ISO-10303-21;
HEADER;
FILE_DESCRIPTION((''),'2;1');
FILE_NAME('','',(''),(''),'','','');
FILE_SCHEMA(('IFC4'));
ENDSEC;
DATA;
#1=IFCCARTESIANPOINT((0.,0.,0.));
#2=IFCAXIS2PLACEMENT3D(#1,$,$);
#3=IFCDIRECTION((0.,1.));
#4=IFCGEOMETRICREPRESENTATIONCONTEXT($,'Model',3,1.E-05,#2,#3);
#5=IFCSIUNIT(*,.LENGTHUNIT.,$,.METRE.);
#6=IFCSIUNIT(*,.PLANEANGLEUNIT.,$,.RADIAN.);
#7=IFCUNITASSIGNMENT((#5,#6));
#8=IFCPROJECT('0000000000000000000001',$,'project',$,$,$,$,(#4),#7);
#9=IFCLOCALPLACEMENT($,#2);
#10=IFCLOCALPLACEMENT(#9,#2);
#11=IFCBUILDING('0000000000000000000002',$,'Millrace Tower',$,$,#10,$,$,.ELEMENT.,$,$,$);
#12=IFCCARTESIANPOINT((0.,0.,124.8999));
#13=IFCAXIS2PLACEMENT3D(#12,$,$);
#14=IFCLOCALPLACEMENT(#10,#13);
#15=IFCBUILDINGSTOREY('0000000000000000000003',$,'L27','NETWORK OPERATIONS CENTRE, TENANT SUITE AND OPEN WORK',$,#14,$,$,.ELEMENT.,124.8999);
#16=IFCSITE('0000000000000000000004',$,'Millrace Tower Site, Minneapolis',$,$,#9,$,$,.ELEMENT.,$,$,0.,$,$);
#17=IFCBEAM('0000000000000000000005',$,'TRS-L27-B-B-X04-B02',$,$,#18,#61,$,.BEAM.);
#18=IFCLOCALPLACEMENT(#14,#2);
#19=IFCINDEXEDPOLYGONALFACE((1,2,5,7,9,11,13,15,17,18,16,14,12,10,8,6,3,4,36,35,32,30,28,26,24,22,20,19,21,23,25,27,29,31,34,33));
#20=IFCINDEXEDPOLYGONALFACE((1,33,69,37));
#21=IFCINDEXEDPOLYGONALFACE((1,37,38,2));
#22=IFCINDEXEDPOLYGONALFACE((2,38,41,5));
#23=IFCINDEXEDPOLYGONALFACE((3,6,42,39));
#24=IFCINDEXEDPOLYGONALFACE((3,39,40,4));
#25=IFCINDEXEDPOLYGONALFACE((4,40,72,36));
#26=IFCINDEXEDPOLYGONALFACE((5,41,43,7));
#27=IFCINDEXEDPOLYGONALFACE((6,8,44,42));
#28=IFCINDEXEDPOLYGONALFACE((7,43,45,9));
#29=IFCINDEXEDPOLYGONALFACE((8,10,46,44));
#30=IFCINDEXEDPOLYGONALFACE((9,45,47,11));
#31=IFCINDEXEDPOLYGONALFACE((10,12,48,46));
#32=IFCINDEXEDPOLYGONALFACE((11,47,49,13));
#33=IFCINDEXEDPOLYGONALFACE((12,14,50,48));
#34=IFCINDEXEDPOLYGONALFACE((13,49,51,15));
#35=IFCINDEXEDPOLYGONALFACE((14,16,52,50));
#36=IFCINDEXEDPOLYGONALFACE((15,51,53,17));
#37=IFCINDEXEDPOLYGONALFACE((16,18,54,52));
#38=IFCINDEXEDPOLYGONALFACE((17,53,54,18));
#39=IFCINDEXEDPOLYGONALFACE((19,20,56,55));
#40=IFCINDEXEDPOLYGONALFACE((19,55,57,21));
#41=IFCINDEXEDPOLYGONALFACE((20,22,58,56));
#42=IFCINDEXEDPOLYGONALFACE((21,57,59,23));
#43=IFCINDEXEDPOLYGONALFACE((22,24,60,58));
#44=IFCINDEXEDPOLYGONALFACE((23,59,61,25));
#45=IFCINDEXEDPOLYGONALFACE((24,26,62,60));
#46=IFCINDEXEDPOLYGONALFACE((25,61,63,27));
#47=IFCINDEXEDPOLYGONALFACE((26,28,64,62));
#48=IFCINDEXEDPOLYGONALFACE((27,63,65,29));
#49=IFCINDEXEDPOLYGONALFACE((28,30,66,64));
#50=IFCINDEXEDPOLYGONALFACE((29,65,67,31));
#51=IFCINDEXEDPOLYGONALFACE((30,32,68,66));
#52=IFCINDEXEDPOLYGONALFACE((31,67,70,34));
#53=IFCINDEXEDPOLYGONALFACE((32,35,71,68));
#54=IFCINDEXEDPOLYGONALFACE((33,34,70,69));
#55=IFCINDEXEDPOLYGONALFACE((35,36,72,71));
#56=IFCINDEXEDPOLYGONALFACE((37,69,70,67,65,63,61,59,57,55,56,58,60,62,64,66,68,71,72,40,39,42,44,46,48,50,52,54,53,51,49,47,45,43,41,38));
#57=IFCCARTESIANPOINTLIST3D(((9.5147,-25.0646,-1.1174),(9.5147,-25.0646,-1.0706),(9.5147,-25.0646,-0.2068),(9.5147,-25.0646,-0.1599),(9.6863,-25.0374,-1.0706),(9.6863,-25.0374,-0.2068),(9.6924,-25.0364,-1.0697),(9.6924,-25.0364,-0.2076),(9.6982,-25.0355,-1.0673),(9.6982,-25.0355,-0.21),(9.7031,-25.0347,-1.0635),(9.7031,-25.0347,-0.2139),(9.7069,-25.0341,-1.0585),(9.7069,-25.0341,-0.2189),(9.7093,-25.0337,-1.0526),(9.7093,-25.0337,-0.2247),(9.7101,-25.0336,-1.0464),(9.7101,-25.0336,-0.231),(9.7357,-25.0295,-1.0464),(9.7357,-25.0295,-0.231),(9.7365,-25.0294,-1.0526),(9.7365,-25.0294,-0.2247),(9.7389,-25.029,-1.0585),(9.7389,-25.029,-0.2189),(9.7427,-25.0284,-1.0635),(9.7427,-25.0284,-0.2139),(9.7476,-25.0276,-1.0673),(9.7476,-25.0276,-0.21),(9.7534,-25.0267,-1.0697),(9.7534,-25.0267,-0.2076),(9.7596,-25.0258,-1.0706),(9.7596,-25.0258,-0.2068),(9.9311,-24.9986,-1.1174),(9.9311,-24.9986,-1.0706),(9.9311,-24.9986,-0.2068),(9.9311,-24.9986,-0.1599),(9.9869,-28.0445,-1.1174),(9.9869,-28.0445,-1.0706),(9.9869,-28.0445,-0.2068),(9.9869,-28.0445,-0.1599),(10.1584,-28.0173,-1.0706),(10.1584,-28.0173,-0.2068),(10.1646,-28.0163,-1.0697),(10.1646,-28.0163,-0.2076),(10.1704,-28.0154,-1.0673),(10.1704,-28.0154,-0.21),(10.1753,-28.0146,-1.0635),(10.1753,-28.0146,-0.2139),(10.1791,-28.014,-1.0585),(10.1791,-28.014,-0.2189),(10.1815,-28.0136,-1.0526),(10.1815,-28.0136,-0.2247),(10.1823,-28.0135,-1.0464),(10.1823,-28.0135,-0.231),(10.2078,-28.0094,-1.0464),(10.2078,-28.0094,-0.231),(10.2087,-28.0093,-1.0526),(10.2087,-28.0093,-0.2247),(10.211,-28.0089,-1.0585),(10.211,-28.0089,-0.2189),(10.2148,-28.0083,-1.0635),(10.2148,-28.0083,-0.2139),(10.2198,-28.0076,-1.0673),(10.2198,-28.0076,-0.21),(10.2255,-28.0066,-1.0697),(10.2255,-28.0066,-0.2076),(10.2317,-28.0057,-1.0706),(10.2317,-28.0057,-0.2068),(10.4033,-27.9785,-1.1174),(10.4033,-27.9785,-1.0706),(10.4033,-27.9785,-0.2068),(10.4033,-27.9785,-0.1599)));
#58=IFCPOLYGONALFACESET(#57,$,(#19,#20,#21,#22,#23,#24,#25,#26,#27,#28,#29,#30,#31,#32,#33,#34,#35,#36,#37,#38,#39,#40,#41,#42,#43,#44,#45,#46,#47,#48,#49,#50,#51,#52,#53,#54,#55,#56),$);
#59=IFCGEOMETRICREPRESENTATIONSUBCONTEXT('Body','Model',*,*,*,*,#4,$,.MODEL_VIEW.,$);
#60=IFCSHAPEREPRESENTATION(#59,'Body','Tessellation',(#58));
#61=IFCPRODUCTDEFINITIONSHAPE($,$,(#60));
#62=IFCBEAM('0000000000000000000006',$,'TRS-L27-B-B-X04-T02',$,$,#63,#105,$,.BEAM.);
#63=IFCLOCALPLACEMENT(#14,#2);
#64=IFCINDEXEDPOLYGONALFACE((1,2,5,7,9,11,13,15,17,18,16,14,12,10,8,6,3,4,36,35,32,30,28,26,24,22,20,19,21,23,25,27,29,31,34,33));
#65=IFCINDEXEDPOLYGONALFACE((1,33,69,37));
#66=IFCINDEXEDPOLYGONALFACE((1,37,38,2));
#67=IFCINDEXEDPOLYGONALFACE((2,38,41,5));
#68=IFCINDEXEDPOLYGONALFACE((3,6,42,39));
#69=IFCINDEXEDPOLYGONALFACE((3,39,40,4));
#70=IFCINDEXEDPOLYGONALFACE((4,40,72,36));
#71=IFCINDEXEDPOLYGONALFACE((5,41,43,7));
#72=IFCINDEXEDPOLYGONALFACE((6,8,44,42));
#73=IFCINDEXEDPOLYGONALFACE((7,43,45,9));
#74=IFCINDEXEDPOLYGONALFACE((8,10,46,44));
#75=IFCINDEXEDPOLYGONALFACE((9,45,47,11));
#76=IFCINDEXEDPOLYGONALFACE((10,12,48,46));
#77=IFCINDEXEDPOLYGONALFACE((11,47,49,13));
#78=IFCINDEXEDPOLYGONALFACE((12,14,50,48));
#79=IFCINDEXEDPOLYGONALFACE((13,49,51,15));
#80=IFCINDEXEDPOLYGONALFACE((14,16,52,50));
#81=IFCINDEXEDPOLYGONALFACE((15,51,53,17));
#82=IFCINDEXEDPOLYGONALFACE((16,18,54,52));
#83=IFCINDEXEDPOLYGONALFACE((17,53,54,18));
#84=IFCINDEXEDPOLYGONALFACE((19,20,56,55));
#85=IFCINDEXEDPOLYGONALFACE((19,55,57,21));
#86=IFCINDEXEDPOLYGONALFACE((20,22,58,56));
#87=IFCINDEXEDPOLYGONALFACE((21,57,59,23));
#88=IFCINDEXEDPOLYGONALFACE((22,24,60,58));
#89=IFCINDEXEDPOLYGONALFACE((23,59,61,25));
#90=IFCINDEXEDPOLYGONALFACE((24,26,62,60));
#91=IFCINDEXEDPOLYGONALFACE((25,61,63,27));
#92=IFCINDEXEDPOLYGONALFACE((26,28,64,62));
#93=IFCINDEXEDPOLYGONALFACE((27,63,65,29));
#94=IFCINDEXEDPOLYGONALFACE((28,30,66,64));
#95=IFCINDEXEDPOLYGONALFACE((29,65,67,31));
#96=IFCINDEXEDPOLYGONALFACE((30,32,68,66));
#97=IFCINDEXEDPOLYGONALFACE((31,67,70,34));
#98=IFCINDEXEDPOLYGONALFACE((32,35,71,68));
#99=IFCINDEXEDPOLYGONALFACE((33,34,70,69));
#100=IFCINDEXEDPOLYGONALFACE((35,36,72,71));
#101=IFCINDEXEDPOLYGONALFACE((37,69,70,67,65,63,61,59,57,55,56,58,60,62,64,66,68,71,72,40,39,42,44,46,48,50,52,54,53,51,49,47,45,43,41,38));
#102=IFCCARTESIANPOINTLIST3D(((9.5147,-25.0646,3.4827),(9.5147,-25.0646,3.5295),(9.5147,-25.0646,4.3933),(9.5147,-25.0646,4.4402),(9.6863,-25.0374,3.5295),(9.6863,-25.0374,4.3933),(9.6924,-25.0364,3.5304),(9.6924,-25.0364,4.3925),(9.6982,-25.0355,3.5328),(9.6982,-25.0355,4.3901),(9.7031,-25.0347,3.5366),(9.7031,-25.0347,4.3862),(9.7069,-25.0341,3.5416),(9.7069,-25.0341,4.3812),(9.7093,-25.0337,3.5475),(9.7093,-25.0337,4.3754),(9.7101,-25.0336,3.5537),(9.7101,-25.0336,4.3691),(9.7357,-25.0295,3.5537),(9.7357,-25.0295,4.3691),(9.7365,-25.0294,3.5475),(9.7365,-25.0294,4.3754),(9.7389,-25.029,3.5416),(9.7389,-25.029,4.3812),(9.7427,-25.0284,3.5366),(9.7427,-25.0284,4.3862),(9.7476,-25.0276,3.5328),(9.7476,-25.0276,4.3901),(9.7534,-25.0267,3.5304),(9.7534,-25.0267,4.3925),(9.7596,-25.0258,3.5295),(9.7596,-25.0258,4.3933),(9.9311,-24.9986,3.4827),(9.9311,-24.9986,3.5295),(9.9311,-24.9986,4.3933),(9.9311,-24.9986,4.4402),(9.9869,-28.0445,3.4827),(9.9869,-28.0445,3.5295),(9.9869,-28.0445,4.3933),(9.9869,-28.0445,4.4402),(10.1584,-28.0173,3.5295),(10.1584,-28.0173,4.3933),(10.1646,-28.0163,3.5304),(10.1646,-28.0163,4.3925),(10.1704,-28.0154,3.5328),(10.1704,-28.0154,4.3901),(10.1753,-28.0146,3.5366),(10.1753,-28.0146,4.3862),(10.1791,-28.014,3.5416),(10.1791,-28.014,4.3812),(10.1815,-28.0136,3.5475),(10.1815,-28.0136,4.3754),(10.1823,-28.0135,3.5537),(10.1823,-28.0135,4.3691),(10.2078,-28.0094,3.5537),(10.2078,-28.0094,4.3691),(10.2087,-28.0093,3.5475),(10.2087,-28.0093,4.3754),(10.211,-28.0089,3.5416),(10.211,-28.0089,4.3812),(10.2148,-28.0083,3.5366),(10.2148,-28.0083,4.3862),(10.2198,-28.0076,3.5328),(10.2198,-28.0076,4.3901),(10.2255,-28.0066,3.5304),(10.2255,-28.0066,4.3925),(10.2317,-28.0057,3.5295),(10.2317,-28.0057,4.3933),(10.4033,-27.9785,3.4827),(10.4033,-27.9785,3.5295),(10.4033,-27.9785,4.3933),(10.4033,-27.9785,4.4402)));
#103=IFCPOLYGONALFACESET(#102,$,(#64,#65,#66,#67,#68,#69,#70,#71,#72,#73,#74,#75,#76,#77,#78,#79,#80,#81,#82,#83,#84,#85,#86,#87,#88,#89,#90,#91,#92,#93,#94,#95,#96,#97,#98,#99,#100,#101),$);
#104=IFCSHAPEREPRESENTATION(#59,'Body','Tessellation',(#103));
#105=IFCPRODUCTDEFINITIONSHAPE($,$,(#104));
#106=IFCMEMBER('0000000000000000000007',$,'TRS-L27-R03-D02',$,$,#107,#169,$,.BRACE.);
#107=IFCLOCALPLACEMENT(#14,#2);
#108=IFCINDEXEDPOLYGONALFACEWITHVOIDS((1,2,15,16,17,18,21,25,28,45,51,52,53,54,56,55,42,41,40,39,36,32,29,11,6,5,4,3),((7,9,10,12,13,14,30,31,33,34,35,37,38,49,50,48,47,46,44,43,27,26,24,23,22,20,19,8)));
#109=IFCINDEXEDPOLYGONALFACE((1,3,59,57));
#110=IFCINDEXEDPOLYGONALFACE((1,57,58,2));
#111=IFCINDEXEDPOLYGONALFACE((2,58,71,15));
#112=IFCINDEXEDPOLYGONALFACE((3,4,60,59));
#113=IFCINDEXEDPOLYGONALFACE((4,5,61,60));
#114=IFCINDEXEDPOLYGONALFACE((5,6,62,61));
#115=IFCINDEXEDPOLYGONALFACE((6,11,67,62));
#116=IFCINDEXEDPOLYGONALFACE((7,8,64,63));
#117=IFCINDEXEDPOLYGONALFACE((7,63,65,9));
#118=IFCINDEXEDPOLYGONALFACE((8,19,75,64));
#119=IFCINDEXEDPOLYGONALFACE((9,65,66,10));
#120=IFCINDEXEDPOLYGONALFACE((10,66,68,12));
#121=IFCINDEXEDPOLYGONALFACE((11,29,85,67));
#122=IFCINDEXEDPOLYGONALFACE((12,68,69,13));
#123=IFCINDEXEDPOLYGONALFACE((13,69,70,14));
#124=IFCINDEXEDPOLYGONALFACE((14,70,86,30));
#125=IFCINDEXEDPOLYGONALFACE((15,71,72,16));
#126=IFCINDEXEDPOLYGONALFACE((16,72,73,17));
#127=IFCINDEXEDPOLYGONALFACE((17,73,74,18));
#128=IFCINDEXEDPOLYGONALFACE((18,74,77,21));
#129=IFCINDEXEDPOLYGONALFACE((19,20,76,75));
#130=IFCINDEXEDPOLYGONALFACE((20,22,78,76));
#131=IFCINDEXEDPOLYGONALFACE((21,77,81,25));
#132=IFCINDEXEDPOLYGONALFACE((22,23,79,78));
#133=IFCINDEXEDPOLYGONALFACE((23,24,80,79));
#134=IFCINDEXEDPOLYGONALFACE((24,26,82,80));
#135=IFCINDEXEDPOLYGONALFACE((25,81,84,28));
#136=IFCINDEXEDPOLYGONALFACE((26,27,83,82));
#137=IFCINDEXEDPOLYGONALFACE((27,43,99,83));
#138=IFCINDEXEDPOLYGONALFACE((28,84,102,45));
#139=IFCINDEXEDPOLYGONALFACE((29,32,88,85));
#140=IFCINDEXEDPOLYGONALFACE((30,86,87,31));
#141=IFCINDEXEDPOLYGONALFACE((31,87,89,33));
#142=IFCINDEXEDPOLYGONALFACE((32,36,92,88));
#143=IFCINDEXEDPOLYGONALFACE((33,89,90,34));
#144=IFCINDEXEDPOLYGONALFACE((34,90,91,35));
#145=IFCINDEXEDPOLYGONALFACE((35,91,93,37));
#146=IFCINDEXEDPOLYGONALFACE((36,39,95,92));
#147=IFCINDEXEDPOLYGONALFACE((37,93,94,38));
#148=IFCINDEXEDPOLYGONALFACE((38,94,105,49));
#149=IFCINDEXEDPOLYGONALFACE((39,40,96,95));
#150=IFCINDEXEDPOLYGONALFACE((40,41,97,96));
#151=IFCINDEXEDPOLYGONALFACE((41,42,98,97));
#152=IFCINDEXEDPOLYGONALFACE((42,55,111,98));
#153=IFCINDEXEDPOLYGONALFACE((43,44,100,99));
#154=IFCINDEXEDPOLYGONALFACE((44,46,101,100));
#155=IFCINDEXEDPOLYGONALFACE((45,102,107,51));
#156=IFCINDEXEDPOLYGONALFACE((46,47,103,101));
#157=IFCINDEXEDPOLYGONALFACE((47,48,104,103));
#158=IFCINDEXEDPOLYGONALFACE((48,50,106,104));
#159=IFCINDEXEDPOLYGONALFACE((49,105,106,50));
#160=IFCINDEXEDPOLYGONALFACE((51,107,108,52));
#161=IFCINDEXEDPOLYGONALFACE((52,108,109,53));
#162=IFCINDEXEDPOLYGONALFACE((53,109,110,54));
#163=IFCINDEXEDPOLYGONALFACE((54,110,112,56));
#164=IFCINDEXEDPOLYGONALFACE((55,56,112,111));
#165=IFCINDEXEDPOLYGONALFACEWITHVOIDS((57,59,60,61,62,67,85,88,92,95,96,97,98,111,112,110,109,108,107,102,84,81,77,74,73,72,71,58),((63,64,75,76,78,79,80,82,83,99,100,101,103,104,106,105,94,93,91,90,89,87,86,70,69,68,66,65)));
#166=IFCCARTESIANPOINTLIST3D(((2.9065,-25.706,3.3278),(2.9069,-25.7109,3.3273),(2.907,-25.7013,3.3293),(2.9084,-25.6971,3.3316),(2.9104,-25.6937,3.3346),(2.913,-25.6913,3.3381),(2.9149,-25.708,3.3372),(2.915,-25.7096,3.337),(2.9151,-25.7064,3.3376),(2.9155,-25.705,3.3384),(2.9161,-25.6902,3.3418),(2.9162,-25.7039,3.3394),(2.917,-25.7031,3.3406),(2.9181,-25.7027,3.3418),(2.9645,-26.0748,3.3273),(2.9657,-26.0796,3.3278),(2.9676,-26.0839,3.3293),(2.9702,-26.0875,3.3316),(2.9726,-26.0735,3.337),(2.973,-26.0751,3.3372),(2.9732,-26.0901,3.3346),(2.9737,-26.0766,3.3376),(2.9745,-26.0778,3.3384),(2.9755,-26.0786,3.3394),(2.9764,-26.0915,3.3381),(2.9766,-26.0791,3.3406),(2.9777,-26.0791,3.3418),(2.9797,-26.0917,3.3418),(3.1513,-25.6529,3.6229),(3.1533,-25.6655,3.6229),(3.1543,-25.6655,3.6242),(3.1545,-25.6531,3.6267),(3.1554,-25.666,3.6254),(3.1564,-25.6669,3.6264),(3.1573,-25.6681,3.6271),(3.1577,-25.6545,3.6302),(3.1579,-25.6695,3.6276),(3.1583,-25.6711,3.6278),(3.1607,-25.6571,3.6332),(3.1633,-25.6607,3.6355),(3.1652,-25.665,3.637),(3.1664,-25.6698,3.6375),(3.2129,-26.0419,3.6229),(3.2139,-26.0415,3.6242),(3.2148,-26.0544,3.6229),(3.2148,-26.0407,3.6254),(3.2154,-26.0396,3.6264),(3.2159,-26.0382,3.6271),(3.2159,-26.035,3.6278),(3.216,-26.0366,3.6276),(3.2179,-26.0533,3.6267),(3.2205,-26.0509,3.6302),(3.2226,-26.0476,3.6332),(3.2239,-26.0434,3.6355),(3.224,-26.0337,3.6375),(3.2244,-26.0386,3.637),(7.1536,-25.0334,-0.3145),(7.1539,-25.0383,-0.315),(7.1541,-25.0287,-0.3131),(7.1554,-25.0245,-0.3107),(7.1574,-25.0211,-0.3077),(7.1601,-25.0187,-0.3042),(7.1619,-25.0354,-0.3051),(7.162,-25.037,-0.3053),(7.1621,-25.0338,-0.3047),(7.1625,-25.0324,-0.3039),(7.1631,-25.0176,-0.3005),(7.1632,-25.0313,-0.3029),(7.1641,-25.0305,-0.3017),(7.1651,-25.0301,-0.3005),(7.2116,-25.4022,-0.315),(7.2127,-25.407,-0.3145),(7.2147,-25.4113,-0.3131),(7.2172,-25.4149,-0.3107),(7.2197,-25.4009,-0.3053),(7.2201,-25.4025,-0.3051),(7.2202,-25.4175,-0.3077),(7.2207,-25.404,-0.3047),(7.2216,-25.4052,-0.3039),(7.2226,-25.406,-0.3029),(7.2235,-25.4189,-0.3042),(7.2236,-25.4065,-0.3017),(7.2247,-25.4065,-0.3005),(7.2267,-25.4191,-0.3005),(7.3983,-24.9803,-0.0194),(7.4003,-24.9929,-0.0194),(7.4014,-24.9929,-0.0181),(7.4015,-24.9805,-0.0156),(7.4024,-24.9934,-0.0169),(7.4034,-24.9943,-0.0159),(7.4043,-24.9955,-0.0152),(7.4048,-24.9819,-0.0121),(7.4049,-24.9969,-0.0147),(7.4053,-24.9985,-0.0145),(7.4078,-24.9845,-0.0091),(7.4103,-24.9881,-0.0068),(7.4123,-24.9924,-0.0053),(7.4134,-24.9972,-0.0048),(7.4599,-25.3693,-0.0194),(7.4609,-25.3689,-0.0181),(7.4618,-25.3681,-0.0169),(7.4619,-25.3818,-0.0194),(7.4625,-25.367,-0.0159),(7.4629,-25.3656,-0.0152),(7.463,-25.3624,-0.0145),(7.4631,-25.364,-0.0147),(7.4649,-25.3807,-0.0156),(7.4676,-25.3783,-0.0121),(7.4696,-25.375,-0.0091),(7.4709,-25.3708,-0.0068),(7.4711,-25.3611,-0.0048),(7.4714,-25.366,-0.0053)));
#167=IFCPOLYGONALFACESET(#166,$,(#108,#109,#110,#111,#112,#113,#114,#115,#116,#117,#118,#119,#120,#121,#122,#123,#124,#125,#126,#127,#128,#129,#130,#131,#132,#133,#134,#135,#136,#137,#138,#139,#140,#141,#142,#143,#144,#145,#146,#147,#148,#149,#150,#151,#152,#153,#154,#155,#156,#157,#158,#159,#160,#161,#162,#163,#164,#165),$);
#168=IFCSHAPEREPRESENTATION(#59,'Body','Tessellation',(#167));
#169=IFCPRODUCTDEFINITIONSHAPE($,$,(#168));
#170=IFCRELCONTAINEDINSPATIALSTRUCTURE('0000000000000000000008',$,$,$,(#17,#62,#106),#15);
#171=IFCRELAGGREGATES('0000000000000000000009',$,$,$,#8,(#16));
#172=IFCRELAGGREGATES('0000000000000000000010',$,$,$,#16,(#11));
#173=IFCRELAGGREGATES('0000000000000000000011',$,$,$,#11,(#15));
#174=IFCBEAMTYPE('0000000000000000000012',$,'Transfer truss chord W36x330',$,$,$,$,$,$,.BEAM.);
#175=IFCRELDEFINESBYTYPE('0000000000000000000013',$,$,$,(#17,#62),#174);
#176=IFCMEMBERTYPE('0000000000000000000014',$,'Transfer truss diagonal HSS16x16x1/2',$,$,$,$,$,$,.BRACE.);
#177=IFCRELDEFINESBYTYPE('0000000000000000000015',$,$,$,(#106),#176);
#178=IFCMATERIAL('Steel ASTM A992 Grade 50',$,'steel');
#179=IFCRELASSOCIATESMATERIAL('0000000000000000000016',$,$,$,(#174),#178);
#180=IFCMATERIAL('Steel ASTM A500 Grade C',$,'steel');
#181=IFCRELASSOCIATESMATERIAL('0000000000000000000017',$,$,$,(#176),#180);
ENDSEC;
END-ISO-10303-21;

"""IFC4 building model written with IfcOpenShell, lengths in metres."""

from ifc_helpers import new_model, si_unit, direction, frame, origin, origin_2d, place, context, subcontext, project, spatial, hollow_rectangle, i_section, extrude, material, material_profile, profile_set, type_object, element, save


model = new_model("IFC4")

# Units and contexts
model_context = context("Model", 3, precision=1e-05, world=origin(), true_north=direction((0.0, 1.0)))
body_context = subcontext(model_context, "Body", "Model", "MODEL_VIEW")
ifc_project = project(units=[si_unit("LENGTHUNIT", "METRE"), si_unit("PLANEANGLEUNIT", "RADIAN")], contexts=[model_context])

# Site, building, storey
site_placement = place(None, origin())
site = spatial("IfcSite", under=ifc_project, at=site_placement, Name="Millrace Tower Site, Minneapolis", CompositionType="ELEMENT", RefElevation=0.0)
building_placement = place(site_placement, origin())
building = spatial("IfcBuilding", under=site, at=building_placement, Name="Millrace Tower", CompositionType="ELEMENT")
storey_placement = place(building_placement, frame((0.0, 0.0, 124.8999)))
storey = spatial("IfcBuildingStorey", under=building, at=storey_placement, Name="L27", Description="NETWORK OPERATIONS CENTRE, TENANT SUITE AND OPEN WORK", CompositionType="ELEMENT", Elevation=124.8999)

# Beams
ifc_material_1 = material(Name="Steel ASTM A992 Grade 50", Category="steel")
ifc_material_profile_1 = material_profile(ifc_material_1, i_section(OverallWidth=0.4216, OverallDepth=0.9575, WebThickness=0.0259, FlangeThickness=0.0469, FilletRadius=0.0242, at=origin_2d()))
ifc_profile_set_1 = profile_set([ifc_material_profile_1], Name="Steel ASTM A992 Grade 50")
beam_type_1 = type_object("IfcBeamType", Name="Transfer truss chord W36x330", PredefinedType="BEAM", material=ifc_profile_set_1)
for number, where, z_axis, x_axis, name in (
    (1, (10.1951, -28.0115, -0.6387), (-0.156494, 0.987679, 0.0), (-0.987679, -0.156494, 0.0), "TRS-L27-B-B-X04-B02"),
    (2, (10.1951, -28.0115, 3.9614), (-0.156494, 0.987679, 0.0), (-0.987679, -0.156494, 0.0), "TRS-L27-B-B-X04-T02"),
):
    element("IfcBeam", number, at=place(storey_placement, frame(where, z_axis=z_axis, x_axis=x_axis)), inside=storey, type_object=beam_type_1, Name=name, PredefinedType="BEAM", context=body_context, shape_type="SweptSolid", body=[
        extrude(i_section(OverallWidth=0.4216, OverallDepth=0.9575, WebThickness=0.0259, FlangeThickness=0.0469, FilletRadius=0.0242, at=origin_2d()), origin(), (0.0, 0.0, 1.0), 3.0171),
    ])

# Member
ifc_material_2 = material(Name="Steel ASTM A500 Grade C", Category="steel")
ifc_material_profile_2 = material_profile(ifc_material_2, hollow_rectangle(XDim=0.4065, YDim=0.4065, WallThickness=0.0127, InnerFilletRadius=0.0063, OuterFilletRadius=0.019, at=origin_2d()))
ifc_profile_set_2 = profile_set([ifc_material_profile_2], Name="Steel ASTM A500 Grade C")
member_type_1 = type_object("IfcMemberType", Name="Transfer truss diagonal HSS16x16x1/2", PredefinedType="BRACE", material=ifc_profile_set_2)
member_1_placement = place(storey_placement, frame((7.3125, -25.1997, -0.1599), z_axis=(-0.753655, -0.119356, 0.646343), x_axis=(0.15642, -0.987691, 0.0)))
element("IfcMember", 3, at=member_1_placement, inside=storey, type_object=member_type_1, Name="TRS-L27-R03-D02", PredefinedType="BRACE", context=body_context, shape_type="SweptSolid", body=[
    extrude(hollow_rectangle(XDim=0.4065, YDim=0.4065, WallThickness=0.0127, InnerFilletRadius=0.0063, OuterFilletRadius=0.019, at=origin_2d()), origin(), (0.0, 0.0, 1.0), 5.6353),
])

save(model, "model.ifc")
